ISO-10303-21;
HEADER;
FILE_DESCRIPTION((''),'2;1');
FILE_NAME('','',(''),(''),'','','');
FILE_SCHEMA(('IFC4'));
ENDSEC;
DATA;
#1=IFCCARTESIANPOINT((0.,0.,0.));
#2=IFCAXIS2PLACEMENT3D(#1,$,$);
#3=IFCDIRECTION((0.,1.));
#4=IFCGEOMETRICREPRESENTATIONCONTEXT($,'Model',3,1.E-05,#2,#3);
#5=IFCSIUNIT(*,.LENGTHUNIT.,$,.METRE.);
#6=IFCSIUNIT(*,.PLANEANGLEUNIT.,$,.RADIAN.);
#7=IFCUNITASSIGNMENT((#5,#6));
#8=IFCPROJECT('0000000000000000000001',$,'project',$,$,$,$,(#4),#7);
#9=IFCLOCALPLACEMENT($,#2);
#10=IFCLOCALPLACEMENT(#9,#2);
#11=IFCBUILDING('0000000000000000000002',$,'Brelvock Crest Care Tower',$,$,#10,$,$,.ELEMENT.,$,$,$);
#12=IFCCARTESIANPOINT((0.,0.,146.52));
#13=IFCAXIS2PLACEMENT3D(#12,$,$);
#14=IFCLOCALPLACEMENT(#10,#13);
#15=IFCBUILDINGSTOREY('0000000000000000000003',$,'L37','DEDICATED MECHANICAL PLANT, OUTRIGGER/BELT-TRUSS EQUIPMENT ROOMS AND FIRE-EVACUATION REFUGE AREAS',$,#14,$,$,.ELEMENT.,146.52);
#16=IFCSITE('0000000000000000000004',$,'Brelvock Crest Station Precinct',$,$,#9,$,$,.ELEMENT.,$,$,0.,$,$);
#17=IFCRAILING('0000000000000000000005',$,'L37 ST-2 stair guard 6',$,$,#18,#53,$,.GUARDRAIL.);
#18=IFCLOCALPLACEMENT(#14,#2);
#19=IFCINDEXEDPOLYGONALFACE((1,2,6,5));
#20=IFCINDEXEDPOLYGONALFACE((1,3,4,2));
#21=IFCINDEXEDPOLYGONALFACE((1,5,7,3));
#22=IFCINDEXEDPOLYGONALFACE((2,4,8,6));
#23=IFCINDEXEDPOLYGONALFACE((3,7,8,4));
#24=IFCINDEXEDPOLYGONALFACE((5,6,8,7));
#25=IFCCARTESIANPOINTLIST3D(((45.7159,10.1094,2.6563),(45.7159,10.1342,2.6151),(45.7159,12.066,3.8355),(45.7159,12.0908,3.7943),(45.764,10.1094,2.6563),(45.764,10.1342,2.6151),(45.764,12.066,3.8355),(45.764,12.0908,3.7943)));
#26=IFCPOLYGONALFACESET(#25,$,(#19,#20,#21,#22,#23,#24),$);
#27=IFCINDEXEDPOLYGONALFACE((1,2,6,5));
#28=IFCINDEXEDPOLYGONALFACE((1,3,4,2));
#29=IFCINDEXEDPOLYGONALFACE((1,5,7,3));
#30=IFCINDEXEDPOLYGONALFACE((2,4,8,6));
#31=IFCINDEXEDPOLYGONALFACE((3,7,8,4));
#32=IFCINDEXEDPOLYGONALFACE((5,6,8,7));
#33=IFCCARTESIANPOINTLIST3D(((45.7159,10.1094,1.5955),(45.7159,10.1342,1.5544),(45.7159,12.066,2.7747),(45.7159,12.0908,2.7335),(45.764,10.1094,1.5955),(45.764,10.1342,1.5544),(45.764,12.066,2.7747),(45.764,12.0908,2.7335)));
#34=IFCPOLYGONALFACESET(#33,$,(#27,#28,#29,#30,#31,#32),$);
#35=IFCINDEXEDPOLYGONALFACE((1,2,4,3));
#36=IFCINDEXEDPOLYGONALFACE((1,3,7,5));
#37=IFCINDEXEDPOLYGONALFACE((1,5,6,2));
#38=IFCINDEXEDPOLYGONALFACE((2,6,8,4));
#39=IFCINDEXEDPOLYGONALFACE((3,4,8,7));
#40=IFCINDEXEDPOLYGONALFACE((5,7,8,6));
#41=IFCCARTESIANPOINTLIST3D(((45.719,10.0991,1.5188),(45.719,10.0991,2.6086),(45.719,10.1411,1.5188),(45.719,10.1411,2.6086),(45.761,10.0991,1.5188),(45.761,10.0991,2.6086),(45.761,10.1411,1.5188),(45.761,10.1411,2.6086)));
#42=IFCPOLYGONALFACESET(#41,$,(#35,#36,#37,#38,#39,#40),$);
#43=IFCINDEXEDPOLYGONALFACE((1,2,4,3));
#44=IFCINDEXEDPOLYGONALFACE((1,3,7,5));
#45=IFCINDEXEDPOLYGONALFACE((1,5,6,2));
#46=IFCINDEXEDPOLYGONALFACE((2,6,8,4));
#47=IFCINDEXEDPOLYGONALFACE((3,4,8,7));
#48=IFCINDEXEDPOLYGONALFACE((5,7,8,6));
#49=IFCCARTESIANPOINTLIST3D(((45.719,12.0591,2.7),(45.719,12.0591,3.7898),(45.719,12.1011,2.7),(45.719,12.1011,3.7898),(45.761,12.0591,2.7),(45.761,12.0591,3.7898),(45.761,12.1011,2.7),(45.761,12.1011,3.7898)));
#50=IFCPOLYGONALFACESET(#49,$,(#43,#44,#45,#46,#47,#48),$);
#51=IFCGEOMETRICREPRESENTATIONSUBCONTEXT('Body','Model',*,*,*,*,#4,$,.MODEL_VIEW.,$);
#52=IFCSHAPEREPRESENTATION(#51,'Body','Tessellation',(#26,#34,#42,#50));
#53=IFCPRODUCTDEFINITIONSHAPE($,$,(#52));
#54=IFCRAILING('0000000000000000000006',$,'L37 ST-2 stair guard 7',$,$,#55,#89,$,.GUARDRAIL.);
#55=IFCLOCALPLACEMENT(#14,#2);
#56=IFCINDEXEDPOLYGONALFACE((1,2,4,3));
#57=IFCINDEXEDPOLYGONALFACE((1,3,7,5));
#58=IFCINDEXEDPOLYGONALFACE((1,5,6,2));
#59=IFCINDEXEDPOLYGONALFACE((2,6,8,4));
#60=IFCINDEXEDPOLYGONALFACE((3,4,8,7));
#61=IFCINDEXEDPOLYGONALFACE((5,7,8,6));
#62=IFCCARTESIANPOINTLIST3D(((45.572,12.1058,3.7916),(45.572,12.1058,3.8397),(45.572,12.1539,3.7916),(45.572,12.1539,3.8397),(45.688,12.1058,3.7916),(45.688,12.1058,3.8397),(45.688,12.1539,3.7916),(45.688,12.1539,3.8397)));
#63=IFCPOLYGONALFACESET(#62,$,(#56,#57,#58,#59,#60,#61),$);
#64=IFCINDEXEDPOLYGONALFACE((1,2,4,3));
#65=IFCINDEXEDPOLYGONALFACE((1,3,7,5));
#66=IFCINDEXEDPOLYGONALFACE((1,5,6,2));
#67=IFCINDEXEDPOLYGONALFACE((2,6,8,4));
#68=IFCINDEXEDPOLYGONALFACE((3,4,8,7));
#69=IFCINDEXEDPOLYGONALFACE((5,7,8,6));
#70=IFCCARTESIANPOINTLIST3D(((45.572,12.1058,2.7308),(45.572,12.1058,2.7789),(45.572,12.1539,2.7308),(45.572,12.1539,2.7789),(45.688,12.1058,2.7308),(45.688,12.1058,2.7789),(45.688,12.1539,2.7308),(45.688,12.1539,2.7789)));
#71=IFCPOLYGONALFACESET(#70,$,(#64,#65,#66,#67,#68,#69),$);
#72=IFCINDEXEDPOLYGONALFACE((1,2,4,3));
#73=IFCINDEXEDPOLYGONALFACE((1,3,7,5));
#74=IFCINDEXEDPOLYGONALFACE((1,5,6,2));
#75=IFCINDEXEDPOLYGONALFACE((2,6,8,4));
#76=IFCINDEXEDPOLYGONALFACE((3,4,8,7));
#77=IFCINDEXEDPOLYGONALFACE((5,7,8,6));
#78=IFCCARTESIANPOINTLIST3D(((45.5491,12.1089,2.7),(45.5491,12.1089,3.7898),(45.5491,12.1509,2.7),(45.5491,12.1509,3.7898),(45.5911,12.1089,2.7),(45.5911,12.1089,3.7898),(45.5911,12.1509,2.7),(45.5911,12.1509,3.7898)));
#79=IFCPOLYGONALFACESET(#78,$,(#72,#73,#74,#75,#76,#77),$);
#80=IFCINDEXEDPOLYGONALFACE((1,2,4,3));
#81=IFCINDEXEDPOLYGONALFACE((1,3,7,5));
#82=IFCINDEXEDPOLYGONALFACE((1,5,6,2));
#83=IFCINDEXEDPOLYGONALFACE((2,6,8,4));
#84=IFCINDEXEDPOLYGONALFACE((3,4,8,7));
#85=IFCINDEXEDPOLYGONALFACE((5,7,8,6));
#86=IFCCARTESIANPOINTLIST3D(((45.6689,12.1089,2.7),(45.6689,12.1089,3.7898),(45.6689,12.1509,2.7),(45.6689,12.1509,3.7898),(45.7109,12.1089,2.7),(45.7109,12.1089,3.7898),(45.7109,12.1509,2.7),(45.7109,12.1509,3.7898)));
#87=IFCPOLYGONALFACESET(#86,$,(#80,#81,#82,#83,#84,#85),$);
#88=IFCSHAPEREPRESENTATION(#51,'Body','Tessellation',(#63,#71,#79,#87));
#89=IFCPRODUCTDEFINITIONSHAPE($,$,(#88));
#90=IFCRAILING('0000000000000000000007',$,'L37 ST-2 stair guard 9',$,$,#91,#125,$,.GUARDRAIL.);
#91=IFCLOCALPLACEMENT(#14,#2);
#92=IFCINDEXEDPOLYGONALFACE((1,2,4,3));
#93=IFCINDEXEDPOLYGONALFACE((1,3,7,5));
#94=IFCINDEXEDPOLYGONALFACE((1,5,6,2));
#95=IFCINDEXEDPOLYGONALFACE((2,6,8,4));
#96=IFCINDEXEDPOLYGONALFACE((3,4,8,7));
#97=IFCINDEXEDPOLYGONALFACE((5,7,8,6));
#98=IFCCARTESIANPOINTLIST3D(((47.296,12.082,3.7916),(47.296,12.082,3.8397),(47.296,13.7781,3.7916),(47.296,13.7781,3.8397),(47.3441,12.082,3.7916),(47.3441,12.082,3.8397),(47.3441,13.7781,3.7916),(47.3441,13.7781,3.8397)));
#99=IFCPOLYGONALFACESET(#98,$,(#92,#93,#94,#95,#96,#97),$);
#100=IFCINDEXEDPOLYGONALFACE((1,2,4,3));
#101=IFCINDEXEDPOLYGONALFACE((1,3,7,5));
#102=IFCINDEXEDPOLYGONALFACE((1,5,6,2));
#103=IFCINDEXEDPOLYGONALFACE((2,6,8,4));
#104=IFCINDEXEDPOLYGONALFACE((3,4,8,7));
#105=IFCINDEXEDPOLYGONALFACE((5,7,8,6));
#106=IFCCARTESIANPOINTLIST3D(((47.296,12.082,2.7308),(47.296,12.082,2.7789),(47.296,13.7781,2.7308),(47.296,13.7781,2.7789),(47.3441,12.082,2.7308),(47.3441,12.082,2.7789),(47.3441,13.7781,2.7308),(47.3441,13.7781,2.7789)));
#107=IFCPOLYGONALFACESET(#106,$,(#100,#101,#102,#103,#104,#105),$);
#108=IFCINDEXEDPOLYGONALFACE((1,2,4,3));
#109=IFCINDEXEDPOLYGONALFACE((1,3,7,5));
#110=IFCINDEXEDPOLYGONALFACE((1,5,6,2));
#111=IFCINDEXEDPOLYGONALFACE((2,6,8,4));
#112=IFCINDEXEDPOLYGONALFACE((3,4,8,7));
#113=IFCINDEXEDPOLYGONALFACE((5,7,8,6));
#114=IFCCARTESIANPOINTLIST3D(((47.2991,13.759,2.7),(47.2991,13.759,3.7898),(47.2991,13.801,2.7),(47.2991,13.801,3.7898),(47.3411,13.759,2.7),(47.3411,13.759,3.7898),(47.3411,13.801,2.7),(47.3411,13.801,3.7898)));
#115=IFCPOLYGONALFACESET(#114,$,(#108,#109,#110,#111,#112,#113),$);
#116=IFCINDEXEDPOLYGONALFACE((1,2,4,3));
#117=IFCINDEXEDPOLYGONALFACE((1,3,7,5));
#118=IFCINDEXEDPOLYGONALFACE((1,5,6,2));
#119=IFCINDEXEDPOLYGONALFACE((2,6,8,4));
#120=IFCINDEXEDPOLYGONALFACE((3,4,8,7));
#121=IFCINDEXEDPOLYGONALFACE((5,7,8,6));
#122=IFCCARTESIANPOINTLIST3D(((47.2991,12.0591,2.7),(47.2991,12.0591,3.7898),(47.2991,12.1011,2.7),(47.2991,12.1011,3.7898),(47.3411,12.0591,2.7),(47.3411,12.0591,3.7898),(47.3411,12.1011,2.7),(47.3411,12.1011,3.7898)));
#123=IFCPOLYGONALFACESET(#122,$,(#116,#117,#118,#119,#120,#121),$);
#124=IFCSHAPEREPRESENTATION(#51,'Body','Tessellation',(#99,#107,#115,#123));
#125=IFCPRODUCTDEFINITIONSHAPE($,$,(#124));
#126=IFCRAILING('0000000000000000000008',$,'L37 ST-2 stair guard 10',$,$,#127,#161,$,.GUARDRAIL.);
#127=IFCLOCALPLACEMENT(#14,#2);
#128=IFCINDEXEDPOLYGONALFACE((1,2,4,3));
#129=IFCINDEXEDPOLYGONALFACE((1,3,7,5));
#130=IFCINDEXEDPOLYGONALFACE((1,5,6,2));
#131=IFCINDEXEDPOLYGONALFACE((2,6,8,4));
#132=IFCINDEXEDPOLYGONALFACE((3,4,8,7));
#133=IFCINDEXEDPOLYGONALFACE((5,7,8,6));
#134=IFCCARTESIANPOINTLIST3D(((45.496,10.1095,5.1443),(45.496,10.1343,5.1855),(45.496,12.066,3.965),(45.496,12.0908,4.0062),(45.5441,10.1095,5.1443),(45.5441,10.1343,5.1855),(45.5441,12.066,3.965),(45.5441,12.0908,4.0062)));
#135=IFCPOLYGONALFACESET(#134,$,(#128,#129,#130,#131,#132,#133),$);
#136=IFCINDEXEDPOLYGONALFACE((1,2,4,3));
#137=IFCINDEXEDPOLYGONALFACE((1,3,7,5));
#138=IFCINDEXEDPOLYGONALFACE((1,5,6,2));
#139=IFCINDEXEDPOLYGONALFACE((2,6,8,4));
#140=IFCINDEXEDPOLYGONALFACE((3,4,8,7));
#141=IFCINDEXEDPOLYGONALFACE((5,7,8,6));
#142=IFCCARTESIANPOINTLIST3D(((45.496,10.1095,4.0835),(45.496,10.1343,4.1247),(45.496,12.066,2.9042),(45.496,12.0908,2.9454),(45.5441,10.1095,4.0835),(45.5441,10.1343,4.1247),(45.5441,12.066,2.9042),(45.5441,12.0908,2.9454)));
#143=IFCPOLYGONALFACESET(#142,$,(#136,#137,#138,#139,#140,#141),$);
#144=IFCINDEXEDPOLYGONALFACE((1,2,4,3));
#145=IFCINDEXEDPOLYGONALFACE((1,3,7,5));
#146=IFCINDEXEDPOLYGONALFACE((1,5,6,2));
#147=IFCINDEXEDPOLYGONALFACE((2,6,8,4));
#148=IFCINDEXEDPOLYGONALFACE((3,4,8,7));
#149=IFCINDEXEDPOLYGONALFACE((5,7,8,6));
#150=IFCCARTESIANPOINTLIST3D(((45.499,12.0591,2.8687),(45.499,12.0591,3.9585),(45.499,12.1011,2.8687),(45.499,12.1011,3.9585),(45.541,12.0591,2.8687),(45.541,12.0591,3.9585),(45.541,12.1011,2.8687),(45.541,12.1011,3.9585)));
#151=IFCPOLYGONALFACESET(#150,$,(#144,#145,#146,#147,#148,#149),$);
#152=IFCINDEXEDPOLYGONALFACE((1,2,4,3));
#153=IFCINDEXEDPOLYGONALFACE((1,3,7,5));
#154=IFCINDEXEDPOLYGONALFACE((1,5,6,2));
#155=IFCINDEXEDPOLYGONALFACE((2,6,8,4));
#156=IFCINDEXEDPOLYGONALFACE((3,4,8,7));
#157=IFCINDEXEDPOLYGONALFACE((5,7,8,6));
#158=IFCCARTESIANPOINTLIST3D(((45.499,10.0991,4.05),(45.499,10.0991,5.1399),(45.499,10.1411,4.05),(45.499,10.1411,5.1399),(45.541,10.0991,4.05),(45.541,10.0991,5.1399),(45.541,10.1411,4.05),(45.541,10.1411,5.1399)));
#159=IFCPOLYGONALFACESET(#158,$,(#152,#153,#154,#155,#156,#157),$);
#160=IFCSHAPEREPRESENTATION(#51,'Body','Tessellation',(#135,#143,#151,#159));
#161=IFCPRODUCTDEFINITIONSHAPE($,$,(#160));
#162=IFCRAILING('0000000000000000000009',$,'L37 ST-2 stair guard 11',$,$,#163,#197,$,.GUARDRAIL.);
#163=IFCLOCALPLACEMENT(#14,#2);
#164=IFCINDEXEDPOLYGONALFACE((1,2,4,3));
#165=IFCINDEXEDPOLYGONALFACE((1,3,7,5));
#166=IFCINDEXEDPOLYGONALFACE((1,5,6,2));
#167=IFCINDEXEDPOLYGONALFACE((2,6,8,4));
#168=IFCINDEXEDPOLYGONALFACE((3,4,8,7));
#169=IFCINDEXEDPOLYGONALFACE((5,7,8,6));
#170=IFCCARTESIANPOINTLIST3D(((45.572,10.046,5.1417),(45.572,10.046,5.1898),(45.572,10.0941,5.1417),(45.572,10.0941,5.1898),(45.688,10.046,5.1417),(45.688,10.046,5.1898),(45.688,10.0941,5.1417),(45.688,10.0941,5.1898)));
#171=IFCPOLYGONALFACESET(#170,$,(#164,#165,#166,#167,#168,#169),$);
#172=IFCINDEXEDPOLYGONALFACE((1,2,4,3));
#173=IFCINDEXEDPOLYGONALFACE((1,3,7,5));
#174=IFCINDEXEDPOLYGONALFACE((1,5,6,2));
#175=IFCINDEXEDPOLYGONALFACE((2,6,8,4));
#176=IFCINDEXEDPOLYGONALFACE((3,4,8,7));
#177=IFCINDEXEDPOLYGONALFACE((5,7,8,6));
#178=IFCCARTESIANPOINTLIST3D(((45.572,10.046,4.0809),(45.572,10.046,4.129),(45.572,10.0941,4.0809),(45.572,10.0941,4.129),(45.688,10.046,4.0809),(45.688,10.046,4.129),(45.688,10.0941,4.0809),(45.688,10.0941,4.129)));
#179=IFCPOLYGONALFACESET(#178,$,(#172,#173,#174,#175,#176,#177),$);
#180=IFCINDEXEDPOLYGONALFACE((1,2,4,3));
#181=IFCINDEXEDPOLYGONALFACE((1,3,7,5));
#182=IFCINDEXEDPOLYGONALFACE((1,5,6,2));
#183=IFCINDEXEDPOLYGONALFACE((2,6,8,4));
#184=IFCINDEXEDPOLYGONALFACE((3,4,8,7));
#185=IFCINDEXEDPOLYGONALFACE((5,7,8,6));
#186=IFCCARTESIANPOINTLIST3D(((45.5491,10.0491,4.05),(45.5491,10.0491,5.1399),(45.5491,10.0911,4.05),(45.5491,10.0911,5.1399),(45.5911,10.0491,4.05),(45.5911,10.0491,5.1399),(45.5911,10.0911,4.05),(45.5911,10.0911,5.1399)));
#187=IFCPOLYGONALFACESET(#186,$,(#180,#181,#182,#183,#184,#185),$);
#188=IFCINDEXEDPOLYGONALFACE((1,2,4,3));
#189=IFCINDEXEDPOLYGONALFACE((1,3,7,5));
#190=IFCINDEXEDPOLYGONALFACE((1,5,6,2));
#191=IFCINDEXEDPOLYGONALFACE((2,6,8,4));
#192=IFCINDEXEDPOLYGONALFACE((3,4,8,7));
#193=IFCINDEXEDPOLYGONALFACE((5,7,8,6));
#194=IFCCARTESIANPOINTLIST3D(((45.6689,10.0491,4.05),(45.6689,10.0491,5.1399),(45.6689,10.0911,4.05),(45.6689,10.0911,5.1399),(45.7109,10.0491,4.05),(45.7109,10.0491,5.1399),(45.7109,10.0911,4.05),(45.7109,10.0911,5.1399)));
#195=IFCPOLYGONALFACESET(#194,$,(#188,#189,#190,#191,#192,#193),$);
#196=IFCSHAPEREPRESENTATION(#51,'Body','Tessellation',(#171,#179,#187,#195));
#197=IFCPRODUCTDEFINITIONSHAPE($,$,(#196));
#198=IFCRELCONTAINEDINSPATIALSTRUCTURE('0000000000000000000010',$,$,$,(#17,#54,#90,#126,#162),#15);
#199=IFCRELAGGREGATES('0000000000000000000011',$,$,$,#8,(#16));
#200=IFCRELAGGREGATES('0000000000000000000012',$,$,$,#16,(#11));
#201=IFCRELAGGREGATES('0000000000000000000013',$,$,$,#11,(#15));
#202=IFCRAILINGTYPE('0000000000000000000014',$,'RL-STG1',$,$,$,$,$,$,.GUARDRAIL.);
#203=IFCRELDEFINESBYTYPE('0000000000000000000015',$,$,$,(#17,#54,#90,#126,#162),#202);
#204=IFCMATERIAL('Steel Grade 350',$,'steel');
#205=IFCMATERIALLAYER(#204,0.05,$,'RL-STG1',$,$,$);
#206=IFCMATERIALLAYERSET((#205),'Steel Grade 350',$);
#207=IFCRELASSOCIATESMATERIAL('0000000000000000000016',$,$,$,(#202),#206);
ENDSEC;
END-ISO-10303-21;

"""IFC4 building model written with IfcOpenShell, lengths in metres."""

from ifc_helpers import new_model, si_unit, direction, frame, origin, origin_2d, place, context, subcontext, project, spatial, rectangle, extrude, material, layer, layer_set, type_object, element, save


model = new_model("IFC4")

# Units and contexts
model_context = context("Model", 3, precision=1e-05, world=origin(), true_north=direction((0.0, 1.0)))
body_context = subcontext(model_context, "Body", "Model", "MODEL_VIEW")
ifc_project = project(units=[si_unit("LENGTHUNIT", "METRE"), si_unit("PLANEANGLEUNIT", "RADIAN")], contexts=[model_context])

# Site, building, storey
site_placement = place(None, origin())
site = spatial("IfcSite", under=ifc_project, at=site_placement, Name="Brelvock Crest Station Precinct", CompositionType="ELEMENT", RefElevation=0.0)
building_placement = place(site_placement, origin())
building = spatial("IfcBuilding", under=site, at=building_placement, Name="Brelvock Crest Care Tower", CompositionType="ELEMENT")
storey_placement = place(building_placement, frame((0.0, 0.0, 146.52)))
storey = spatial("IfcBuildingStorey", under=building, at=storey_placement, Name="L37", Description="DEDICATED MECHANICAL PLANT, OUTRIGGER/BELT-TRUSS EQUIPMENT ROOMS AND FIRE-EVACUATION REFUGE AREAS", CompositionType="ELEMENT", Elevation=146.52)

# Shared definitions
ifc_material_1 = material(Name="Steel Grade 350", Category="steel")

# Railings
ifc_layer_1 = layer(ifc_material_1, 0.05, Name="RL-STG1")
ifc_layer_set_1 = layer_set([ifc_layer_1], Name="Steel Grade 350")
railing_type_1 = type_object("IfcRailingType", Name="RL-STG1", PredefinedType="GUARDRAIL", material=ifc_layer_set_1)
railing_1_placement = place(storey_placement, frame((45.74, 10.1201, 1.5188)))
element("IfcRailing", 1, at=railing_1_placement, inside=storey, type_object=railing_type_1, Name="L37 ST-2 stair guard 6", PredefinedType="GUARDRAIL", context=body_context, shape_type="SweptSolid", body=[
    extrude(rectangle(XDim=0.0481, YDim=0.0481, at=origin_2d()), frame((0.0, 0.0017, 1.1169), z_axis=(0.0, 0.856493, 0.516158), x_axis=(-1.0, 0.0, 0.0)), (0.0, 0.0, 1.0), 2.2844),
    extrude(rectangle(XDim=0.0481, YDim=0.0481, at=origin_2d()), frame((0.0, 0.0017, 0.0562), z_axis=(0.0, 0.856493, 0.516158), x_axis=(-1.0, 0.0, 0.0)), (0.0, 0.0, 1.0), 2.2844),
    extrude(rectangle(XDim=0.042, YDim=0.042, at=origin_2d()), origin(), (0.0, 0.0, 1.0), 1.0898),
    extrude(rectangle(XDim=0.042, YDim=0.042, at=origin_2d()), frame((0.0, 1.96, 1.1812)), (0.0, 0.0, 1.0), 1.0898),
])
railing_2_placement = place(storey_placement, frame((45.5701, 12.1299, 2.7)))
element("IfcRailing", 2, at=railing_2_placement, inside=storey, type_object=railing_type_1, Name="L37 ST-2 stair guard 7", PredefinedType="GUARDRAIL", context=body_context, shape_type="SweptSolid", body=[
    extrude(rectangle(XDim=0.0481, YDim=0.0481, at=origin_2d()), frame((0.002, 0.0, 1.1157), z_axis=(1.0, 0.0, 0.0), x_axis=(0.0, 1.0, 0.0)), (0.0, 0.0, 1.0), 0.116),
    extrude(rectangle(XDim=0.0481, YDim=0.0481, at=origin_2d()), frame((0.002, 0.0, 0.0549), z_axis=(1.0, 0.0, 0.0), x_axis=(0.0, 1.0, 0.0)), (0.0, 0.0, 1.0), 0.116),
    extrude(rectangle(XDim=0.042, YDim=0.042, at=origin_2d()), origin(), (0.0, 0.0, 1.0), 1.0898),
    extrude(rectangle(XDim=0.042, YDim=0.042, at=origin_2d()), frame((0.1199, 0.0, 0.0)), (0.0, 0.0, 1.0), 1.0898),
])
railing_3_placement = place(storey_placement, frame((47.3201, 13.78, 2.7)))
element("IfcRailing", 3, at=railing_3_placement, inside=storey, type_object=railing_type_1, Name="L37 ST-2 stair guard 9", PredefinedType="GUARDRAIL", context=body_context, shape_type="SweptSolid", body=[
    extrude(rectangle(XDim=0.0481, YDim=0.0481, at=origin_2d()), frame((0.0, -0.002, 1.1157), z_axis=(0.0, -1.0, 0.0), x_axis=(1.0, 0.0, 0.0)), (0.0, 0.0, 1.0), 1.696),
    extrude(rectangle(XDim=0.0481, YDim=0.0481, at=origin_2d()), frame((0.0, -0.002, 0.0549), z_axis=(0.0, -1.0, 0.0), x_axis=(1.0, 0.0, 0.0)), (0.0, 0.0, 1.0), 1.696),
    extrude(rectangle(XDim=0.042, YDim=0.042, at=origin_2d()), origin(), (0.0, 0.0, 1.0), 1.0898),
    extrude(rectangle(XDim=0.042, YDim=0.042, at=origin_2d()), frame((0.0, -1.7, 0.0)), (0.0, 0.0, 1.0), 1.0898),
])
railing_4_placement = place(storey_placement, frame((45.52, 12.0801, 2.8687)))
element("IfcRailing", 4, at=railing_4_placement, inside=storey, type_object=railing_type_1, Name="L37 ST-2 stair guard 10", PredefinedType="GUARDRAIL", context=body_context, shape_type="SweptSolid", body=[
    extrude(rectangle(XDim=0.0481, YDim=0.0481, at=origin_2d()), frame((0.0, -0.0017, 1.1169), z_axis=(0.0, -0.856446, 0.516236), x_axis=(1.0, 0.0, 0.0)), (0.0, 0.0, 1.0), 2.2844),
    extrude(rectangle(XDim=0.0481, YDim=0.0481, at=origin_2d()), frame((0.0, -0.0017, 0.0562), z_axis=(0.0, -0.856446, 0.516236), x_axis=(1.0, 0.0, 0.0)), (0.0, 0.0, 1.0), 2.2844),
    extrude(rectangle(XDim=0.042, YDim=0.042, at=origin_2d()), origin(), (0.0, 0.0, 1.0), 1.0898),
    extrude(rectangle(XDim=0.042, YDim=0.042, at=origin_2d()), frame((0.0, -1.96, 1.1814)), (0.0, 0.0, 1.0), 1.0898),
])
railing_5_placement = place(storey_placement, frame((45.5701, 10.0701, 4.05)))
element("IfcRailing", 5, at=railing_5_placement, inside=storey, type_object=railing_type_1, Name="L37 ST-2 stair guard 11", PredefinedType="GUARDRAIL", context=body_context, shape_type="SweptSolid", body=[
    extrude(rectangle(XDim=0.0481, YDim=0.0481, at=origin_2d()), frame((0.002, 0.0, 1.1157), z_axis=(1.0, 0.0, 0.0), x_axis=(0.0, 1.0, 0.0)), (0.0, 0.0, 1.0), 0.116),
    extrude(rectangle(XDim=0.0481, YDim=0.0481, at=origin_2d()), frame((0.002, 0.0, 0.0549), z_axis=(1.0, 0.0, 0.0), x_axis=(0.0, 1.0, 0.0)), (0.0, 0.0, 1.0), 0.116),
    extrude(rectangle(XDim=0.042, YDim=0.042, at=origin_2d()), origin(), (0.0, 0.0, 1.0), 1.0898),
    extrude(rectangle(XDim=0.042, YDim=0.042, at=origin_2d()), frame((0.1199, 0.0, 0.0)), (0.0, 0.0, 1.0), 1.0898),
])

save(model, "model.ifc")
